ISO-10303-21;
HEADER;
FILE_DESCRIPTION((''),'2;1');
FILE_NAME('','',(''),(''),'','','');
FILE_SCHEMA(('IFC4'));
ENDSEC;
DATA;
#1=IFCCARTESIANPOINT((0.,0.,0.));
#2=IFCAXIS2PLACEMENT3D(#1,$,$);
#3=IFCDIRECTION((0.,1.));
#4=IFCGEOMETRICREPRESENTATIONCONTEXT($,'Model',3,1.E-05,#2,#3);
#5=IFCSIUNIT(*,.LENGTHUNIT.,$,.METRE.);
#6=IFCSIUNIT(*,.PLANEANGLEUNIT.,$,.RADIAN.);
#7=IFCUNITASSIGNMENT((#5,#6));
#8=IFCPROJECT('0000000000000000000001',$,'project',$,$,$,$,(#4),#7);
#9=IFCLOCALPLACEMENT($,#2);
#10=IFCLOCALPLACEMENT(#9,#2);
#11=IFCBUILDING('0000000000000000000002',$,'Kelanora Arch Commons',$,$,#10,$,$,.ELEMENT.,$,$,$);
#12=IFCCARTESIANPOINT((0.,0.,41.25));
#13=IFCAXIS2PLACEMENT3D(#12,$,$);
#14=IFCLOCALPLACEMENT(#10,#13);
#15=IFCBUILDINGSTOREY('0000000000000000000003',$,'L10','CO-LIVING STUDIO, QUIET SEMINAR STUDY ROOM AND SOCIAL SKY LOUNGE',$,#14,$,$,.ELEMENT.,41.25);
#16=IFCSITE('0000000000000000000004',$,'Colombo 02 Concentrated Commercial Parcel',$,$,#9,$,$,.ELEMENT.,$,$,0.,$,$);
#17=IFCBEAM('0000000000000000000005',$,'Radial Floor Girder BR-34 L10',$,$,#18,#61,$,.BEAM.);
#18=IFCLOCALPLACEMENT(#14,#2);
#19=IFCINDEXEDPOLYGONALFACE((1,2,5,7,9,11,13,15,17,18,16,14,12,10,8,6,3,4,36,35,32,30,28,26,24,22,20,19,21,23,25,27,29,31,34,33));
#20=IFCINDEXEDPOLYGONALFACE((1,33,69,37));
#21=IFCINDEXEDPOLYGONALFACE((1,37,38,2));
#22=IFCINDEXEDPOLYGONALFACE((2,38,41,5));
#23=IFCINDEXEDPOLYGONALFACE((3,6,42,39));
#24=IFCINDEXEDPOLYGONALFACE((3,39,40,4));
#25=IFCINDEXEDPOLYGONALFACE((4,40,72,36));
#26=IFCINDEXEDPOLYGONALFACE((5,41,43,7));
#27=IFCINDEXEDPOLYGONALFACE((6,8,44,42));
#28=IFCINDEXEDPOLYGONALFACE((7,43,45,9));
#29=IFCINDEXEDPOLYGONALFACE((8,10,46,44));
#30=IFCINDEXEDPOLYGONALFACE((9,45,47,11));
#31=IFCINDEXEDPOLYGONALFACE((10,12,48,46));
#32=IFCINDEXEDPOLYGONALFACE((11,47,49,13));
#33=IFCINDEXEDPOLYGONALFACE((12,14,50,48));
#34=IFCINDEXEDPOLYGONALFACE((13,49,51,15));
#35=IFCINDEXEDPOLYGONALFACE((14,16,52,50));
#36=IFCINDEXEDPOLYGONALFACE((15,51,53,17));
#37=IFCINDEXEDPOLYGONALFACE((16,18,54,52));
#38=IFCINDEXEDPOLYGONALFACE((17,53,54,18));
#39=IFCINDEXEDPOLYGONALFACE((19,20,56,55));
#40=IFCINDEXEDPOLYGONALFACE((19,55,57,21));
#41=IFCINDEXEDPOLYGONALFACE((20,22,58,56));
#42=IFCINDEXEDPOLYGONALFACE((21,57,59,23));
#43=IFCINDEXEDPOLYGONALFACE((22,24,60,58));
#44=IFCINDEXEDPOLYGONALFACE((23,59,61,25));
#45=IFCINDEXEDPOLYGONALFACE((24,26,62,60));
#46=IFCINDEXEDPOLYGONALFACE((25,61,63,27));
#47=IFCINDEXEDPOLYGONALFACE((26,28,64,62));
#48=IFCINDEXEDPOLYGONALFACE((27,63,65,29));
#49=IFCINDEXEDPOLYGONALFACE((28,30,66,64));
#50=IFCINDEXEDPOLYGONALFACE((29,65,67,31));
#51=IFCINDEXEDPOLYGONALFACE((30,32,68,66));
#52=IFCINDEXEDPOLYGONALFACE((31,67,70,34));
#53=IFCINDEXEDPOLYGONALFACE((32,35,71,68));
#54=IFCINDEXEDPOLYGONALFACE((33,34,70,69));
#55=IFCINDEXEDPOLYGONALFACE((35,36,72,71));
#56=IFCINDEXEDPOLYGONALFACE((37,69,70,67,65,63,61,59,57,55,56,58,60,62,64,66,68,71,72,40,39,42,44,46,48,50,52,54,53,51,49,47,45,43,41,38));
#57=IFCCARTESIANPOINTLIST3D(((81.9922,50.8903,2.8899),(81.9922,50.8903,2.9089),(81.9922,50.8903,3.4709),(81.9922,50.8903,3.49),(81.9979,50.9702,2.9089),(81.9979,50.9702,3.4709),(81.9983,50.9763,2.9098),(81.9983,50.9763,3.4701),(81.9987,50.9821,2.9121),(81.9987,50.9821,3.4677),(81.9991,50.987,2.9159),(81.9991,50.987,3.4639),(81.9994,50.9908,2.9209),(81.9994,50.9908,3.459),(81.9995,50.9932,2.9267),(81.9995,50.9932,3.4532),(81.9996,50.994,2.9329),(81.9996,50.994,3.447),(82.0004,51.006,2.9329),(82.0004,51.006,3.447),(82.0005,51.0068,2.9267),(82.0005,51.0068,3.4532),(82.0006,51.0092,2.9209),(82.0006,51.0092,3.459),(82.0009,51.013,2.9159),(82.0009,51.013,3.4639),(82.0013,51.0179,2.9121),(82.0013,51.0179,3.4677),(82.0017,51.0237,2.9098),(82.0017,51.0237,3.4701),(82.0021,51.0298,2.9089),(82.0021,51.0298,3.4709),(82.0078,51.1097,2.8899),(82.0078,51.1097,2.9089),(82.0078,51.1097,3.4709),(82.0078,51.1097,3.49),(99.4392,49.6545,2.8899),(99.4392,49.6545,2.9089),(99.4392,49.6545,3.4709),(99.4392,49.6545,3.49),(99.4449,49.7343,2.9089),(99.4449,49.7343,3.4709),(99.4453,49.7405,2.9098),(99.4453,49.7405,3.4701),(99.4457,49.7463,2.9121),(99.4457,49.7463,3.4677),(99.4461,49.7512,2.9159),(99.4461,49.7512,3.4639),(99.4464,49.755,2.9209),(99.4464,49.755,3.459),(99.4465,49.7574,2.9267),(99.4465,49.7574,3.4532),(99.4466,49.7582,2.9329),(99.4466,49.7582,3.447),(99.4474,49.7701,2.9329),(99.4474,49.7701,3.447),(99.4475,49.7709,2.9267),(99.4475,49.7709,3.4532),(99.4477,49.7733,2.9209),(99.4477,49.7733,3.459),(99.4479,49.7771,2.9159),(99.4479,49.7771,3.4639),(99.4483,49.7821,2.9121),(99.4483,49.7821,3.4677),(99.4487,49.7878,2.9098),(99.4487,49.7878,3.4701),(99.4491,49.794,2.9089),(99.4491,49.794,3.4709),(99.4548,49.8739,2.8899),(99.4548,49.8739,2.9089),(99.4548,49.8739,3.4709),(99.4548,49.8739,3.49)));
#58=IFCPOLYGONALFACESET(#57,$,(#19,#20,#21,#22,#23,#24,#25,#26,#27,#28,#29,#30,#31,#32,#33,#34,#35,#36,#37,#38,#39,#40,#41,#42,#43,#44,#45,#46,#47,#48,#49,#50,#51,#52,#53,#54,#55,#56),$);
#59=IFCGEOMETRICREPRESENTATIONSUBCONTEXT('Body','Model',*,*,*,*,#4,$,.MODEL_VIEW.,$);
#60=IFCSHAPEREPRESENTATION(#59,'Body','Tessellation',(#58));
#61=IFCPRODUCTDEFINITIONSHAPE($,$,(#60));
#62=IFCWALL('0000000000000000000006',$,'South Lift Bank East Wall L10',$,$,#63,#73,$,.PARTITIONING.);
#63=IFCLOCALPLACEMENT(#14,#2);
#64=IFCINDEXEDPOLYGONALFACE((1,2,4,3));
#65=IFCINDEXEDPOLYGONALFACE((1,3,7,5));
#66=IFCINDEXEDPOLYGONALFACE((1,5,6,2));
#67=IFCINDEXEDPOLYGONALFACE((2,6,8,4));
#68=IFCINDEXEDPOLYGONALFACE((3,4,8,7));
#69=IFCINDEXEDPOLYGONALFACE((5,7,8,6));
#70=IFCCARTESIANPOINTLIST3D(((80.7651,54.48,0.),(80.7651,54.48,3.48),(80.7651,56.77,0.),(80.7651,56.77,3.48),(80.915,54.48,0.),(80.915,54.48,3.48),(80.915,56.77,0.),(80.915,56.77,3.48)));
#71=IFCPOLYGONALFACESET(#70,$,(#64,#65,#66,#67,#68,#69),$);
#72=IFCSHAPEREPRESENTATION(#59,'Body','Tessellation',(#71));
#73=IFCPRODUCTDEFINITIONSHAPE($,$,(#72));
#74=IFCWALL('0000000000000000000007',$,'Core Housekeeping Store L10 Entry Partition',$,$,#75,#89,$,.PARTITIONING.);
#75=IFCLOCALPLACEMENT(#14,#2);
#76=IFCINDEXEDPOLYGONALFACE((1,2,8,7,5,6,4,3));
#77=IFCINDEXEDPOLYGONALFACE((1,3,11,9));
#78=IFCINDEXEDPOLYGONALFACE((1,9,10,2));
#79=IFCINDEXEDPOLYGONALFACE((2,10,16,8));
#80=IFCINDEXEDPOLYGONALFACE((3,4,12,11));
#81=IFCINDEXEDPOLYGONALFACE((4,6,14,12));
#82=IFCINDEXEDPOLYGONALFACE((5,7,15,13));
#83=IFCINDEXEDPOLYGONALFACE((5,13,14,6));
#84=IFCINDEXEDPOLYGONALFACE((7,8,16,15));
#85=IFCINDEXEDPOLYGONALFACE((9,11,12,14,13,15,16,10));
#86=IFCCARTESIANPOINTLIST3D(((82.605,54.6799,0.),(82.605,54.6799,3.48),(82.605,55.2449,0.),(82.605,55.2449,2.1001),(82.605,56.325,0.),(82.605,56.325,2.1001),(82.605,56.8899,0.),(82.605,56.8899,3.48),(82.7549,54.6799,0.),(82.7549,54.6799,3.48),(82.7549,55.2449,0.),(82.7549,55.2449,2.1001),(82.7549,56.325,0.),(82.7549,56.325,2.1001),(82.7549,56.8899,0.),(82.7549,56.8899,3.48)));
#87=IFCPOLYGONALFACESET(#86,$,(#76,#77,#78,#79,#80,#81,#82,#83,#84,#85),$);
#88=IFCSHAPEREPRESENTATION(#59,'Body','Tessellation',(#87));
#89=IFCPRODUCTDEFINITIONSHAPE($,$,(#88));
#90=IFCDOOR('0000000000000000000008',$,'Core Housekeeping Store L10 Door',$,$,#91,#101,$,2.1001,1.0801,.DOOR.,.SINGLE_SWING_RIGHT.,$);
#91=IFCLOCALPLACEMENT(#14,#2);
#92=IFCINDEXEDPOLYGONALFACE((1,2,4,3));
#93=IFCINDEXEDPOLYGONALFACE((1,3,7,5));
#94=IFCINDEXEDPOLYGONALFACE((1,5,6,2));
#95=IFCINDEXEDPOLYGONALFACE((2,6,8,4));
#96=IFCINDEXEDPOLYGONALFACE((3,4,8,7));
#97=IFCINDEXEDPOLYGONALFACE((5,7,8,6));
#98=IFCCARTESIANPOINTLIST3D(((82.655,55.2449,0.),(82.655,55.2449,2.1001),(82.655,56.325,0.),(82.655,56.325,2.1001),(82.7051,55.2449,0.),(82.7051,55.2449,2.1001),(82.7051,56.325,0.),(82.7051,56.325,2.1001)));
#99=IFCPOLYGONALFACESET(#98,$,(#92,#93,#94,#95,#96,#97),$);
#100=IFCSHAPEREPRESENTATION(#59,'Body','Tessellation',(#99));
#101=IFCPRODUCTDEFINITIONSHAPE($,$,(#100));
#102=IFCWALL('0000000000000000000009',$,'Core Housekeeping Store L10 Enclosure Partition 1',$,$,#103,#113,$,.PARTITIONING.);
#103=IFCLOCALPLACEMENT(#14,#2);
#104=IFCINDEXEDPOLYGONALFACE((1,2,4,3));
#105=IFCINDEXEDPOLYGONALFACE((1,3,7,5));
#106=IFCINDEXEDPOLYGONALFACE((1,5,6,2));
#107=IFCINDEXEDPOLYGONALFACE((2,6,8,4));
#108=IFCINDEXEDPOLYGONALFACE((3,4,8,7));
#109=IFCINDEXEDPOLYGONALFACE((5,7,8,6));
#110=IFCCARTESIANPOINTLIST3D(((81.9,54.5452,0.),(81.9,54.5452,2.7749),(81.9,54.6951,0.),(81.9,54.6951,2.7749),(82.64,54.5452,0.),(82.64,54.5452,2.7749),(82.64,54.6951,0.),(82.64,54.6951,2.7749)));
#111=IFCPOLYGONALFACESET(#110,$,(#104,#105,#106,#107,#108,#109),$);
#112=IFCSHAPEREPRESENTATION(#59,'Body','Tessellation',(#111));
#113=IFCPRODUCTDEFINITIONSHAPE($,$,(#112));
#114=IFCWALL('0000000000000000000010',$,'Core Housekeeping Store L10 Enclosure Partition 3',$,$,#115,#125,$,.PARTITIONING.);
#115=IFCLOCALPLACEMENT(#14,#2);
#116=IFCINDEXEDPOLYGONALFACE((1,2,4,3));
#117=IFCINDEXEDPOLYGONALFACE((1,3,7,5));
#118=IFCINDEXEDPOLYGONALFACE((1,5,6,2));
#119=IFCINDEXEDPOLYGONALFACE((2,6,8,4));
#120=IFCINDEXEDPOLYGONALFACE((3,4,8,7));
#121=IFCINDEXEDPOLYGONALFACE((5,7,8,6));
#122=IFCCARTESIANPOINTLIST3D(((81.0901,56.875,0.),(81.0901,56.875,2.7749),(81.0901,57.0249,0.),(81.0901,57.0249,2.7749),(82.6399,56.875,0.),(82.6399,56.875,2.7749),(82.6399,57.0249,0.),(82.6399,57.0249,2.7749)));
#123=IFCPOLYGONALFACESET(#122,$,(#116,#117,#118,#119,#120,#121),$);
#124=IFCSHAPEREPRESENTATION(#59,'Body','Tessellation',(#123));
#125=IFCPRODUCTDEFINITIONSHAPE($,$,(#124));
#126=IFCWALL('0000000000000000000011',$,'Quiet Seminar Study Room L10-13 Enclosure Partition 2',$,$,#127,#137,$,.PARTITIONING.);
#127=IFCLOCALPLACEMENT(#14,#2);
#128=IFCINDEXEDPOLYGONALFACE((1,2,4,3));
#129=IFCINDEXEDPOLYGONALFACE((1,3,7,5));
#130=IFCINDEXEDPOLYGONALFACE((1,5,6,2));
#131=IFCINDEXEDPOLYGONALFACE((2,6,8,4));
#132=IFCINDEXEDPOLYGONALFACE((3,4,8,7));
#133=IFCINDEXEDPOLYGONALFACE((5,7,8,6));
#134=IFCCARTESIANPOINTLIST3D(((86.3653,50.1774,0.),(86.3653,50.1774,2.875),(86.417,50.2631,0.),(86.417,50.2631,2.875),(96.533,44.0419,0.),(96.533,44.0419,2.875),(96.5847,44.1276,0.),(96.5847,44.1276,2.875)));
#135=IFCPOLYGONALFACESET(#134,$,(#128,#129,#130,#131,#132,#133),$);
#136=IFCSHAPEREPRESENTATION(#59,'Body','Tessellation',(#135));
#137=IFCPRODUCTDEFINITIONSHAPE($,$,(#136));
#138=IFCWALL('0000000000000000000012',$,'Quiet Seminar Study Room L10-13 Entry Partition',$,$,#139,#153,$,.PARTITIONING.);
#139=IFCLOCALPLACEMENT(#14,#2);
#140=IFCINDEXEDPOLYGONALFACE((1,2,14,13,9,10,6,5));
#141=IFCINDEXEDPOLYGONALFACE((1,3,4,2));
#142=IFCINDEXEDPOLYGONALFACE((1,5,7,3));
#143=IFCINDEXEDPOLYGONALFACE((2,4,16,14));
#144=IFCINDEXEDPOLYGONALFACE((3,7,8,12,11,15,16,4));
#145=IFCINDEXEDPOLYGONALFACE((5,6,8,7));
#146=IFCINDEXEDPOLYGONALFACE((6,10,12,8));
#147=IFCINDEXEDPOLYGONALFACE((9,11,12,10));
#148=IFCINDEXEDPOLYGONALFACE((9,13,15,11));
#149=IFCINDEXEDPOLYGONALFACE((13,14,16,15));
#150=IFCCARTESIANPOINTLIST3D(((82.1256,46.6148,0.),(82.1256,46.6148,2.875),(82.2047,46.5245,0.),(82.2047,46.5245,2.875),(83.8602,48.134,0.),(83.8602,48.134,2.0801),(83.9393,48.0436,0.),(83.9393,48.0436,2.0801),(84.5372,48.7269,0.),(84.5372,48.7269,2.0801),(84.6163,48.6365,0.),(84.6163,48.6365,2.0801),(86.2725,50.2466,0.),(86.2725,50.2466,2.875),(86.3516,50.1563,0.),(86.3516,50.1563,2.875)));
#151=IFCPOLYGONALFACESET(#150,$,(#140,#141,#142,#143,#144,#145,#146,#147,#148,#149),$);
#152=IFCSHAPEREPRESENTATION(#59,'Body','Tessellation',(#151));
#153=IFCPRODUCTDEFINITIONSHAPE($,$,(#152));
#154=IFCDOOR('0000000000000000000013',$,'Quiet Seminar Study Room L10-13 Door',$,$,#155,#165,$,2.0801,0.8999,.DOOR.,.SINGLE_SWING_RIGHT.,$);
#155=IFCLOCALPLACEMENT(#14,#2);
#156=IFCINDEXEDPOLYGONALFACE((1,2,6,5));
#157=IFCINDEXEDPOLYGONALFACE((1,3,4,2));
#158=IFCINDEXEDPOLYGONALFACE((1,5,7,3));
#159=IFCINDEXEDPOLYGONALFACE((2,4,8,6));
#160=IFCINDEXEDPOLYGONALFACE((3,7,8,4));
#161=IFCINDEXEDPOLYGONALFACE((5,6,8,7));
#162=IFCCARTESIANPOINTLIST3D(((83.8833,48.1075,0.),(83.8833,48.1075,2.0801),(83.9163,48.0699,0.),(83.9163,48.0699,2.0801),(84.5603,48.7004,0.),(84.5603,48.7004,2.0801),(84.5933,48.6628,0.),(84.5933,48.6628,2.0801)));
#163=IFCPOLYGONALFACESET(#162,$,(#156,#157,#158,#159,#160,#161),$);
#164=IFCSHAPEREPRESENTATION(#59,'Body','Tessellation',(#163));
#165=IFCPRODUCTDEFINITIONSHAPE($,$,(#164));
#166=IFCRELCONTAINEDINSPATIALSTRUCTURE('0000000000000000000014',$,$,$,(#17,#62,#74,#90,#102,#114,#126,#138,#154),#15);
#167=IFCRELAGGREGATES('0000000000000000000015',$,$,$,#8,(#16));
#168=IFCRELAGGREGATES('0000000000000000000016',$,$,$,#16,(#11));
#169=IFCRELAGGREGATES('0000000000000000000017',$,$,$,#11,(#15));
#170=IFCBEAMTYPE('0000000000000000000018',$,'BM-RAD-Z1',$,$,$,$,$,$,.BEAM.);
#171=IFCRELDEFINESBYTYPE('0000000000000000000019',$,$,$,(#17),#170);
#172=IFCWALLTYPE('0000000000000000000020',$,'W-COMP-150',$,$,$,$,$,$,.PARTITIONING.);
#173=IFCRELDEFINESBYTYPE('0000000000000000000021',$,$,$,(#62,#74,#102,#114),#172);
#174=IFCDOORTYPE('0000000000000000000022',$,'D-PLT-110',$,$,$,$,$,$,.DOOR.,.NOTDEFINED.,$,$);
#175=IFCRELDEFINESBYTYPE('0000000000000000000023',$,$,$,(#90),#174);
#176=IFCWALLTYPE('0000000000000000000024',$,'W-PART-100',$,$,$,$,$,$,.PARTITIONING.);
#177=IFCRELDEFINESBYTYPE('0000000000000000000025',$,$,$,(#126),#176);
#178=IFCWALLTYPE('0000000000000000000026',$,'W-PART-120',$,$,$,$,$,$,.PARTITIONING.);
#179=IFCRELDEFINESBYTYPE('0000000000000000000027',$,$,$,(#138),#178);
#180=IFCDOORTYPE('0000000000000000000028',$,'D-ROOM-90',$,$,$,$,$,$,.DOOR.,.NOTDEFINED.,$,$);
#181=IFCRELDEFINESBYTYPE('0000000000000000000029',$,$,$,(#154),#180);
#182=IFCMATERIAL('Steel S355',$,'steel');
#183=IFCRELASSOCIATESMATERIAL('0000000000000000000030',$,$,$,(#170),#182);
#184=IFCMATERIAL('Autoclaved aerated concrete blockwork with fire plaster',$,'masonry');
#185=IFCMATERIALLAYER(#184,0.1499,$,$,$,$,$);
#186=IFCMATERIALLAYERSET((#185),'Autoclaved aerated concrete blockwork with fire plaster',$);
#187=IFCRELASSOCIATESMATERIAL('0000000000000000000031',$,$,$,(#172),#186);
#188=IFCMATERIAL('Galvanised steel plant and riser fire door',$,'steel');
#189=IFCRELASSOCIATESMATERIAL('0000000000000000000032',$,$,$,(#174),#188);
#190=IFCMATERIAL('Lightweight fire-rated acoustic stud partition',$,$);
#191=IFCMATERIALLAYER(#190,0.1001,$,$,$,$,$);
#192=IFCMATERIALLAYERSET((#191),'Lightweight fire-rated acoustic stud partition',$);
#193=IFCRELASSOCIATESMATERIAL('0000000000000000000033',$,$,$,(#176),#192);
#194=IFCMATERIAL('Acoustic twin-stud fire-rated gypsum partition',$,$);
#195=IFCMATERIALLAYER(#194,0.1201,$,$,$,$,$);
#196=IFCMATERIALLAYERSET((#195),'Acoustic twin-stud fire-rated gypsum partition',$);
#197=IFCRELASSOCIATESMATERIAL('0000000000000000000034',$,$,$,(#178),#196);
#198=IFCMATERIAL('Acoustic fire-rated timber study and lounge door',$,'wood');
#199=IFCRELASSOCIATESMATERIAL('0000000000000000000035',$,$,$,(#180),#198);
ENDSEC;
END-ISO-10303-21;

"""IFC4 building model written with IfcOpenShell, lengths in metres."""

from ifc_helpers import new_model, si_unit, direction, frame, frame_2d, origin, origin_2d, place, context, subcontext, project, spatial, rectangle, i_section, extrude, material, layer, layer_set, material_profile, profile_set, type_object, element, fill, save


model = new_model("IFC4")

# Units and contexts
model_context = context("Model", 3, precision=1e-05, world=origin(), true_north=direction((0.0, 1.0)))
body_context = subcontext(model_context, "Body", "Model", "MODEL_VIEW")
ifc_project = project(units=[si_unit("LENGTHUNIT", "METRE"), si_unit("PLANEANGLEUNIT", "RADIAN")], contexts=[model_context])

# Site, building, storey
site_placement = place(None, origin())
site = spatial("IfcSite", under=ifc_project, at=site_placement, Name="Colombo 02 Concentrated Commercial Parcel", CompositionType="ELEMENT", RefElevation=0.0)
building_placement = place(site_placement, origin())
building = spatial("IfcBuilding", under=site, at=building_placement, Name="Kelanora Arch Commons", CompositionType="ELEMENT")
storey_placement = place(building_placement, frame((0.0, 0.0, 41.25)))
storey = spatial("IfcBuildingStorey", under=building, at=storey_placement, Name="L10", Description="CO-LIVING STUDIO, QUIET SEMINAR STUDY ROOM AND SOCIAL SKY LOUNGE", CompositionType="ELEMENT", Elevation=41.25)

# Beam
ifc_material_1 = material(Name="Steel S355", Category="steel")
ifc_material_profile_1 = material_profile(ifc_material_1, i_section(OverallWidth=0.22, OverallDepth=0.6001, WebThickness=0.012, FlangeThickness=0.019, FilletRadius=0.0239, at=origin_2d()), Name="IPE600")
ifc_profile_set_1 = profile_set([ifc_material_profile_1], Name="Steel S355")
beam_type_1 = type_object("IfcBeamType", Name="BM-RAD-Z1", PredefinedType="BEAM", material=ifc_profile_set_1)
beam_1_placement = place(storey_placement, frame((82.0, 51.0, 3.1899), z_axis=(0.997501, -0.070657, 0.0), x_axis=(0.070657, 0.997501, 0.0)))
element("IfcBeam", 1, at=beam_1_placement, inside=storey, type_object=beam_type_1, Name="Radial Floor Girder BR-34 L10", PredefinedType="BEAM", context=body_context, shape_type="SweptSolid", body=[
    extrude(i_section(OverallWidth=0.22, OverallDepth=0.6001, WebThickness=0.012, FlangeThickness=0.019, FilletRadius=0.0239, at=origin_2d()), origin(), (0.0, 0.0, 1.0), 17.4907),
])

# Wall
ifc_material_2 = material(Name="Autoclaved aerated concrete blockwork with fire plaster", Category="masonry")
ifc_layer_1 = layer(ifc_material_2, 0.1499)
ifc_layer_set_1 = layer_set([ifc_layer_1], Name="Autoclaved aerated concrete blockwork with fire plaster")
wall_type_1 = type_object("IfcWallType", Name="W-COMP-150", PredefinedType="PARTITIONING", material=ifc_layer_set_1)
wall_1_placement = place(storey_placement, frame((80.8401, 54.48, 0.0), z_axis=(0.0, 0.0, 1.0), x_axis=(0.0, 1.0, 0.0)))
element("IfcWall", 2, at=wall_1_placement, inside=storey, type_object=wall_type_1, Name="South Lift Bank East Wall L10", PredefinedType="PARTITIONING", context=body_context, shape_type="SweptSolid", body=[
    extrude(rectangle(XDim=2.29, YDim=0.1499, at=frame_2d((1.145, 0.0))), origin(), (0.0, 0.0, 1.0), 3.48),
])

# Wall, opening, door
wall_2_placement = place(storey_placement, frame((82.6799, 54.6799, 0.0), z_axis=(0.0, 0.0, 1.0), x_axis=(0.0, 1.0, 0.0)))
wall_2 = element("IfcWall", 3, at=wall_2_placement, inside=storey, type_object=wall_type_1, Name="Core Housekeeping Store L10 Entry Partition", PredefinedType="PARTITIONING", context=body_context, shape_type="SweptSolid", body=[
    extrude(rectangle(XDim=2.21, YDim=0.1499, at=frame_2d((1.105, 0.0))), origin(), (0.0, 0.0, 1.0), 3.48),
])
opening_1_placement = place(wall_2_placement, frame((0.5649, 0.0, 0.0)))
opening_1 = element("IfcOpeningElement", 4, at=opening_1_placement, cuts=wall_2, PredefinedType="OPENING", context=body_context, shape_type="SweptSolid", body=[
    extrude(rectangle(XDim=1.0801, YDim=2.1001, at=frame_2d((0.54, 1.05))), frame((0.0, 0.085, 0.0), z_axis=(0.0, -1.0, 0.0), x_axis=(1.0, 0.0, 0.0)), (0.0, 0.0, 1.0), 0.1699),
])
ifc_material_3 = material(Name="Galvanised steel plant and riser fire door", Category="steel")
door_type_1 = type_object("IfcDoorType", Name="D-PLT-110", OperationType="NOTDEFINED", PredefinedType="DOOR", material=ifc_material_3)
door_1_placement = place(opening_1_placement, origin())
door_1 = element("IfcDoor", 5, at=door_1_placement, inside=storey, type_object=door_type_1, Name="Core Housekeeping Store L10 Door", OperationType="SINGLE_SWING_RIGHT", OverallHeight=2.1001, OverallWidth=1.0801, PredefinedType="DOOR", context=body_context, shape_type="SweptSolid", body=[
    extrude(rectangle(XDim=1.0801, YDim=2.1001, at=frame_2d((0.54, 1.05))), frame((0.0, 0.0249, 0.0), z_axis=(0.0, -1.0, 0.0), x_axis=(1.0, 0.0, 0.0)), (0.0, 0.0, 1.0), 0.05),
])
fill(opening_1, door_1)

# Walls
wall_3_placement = place(storey_placement, frame((81.8999, 54.6201, 0.0), z_axis=(0.0, 0.0, 1.0), x_axis=(1.0, 0.0, 0.0)))
element("IfcWall", 6, at=wall_3_placement, inside=storey, type_object=wall_type_1, Name="Core Housekeeping Store L10 Enclosure Partition 1", PredefinedType="PARTITIONING", context=body_context, shape_type="SweptSolid", body=[
    extrude(rectangle(XDim=0.74, YDim=0.1499, at=frame_2d((0.3701, 0.0))), origin(), (0.0, 0.0, 1.0), 2.7749),
])
wall_4_placement = place(storey_placement, frame((82.6399, 56.95, 0.0), z_axis=(0.0, 0.0, 1.0), x_axis=(-1.0, 0.0, 0.0)))
element("IfcWall", 7, at=wall_4_placement, inside=storey, type_object=wall_type_1, Name="Core Housekeeping Store L10 Enclosure Partition 3", PredefinedType="PARTITIONING", context=body_context, shape_type="SweptSolid", body=[
    extrude(rectangle(XDim=1.5498, YDim=0.1499, at=frame_2d((0.7749, 0.0))), origin(), (0.0, 0.0, 1.0), 2.7749),
])
ifc_material_4 = material(Name="Lightweight fire-rated acoustic stud partition")
ifc_layer_2 = layer(ifc_material_4, 0.1001)
ifc_layer_set_2 = layer_set([ifc_layer_2], Name="Lightweight fire-rated acoustic stud partition")
wall_type_2 = type_object("IfcWallType", Name="W-PART-100", PredefinedType="PARTITIONING", material=ifc_layer_set_2)
wall_5_placement = place(storey_placement, frame((86.3911, 50.2202, 0.0), z_axis=(0.0, 0.0, 1.0), x_axis=(0.856195, -0.516653, 0.0)))
element("IfcWall", 8, at=wall_5_placement, inside=storey, type_object=wall_type_2, Name="Quiet Seminar Study Room L10-13 Enclosure Partition 2", PredefinedType="PARTITIONING", context=body_context, shape_type="SweptSolid", body=[
    extrude(rectangle(XDim=11.8755, YDim=0.1001, at=frame_2d((5.9377, 0.0))), origin(), (0.0, 0.0, 1.0), 2.875),
])

# Wall, opening, door
ifc_material_5 = material(Name="Acoustic twin-stud fire-rated gypsum partition")
ifc_layer_3 = layer(ifc_material_5, 0.1201)
ifc_layer_set_3 = layer_set([ifc_layer_3], Name="Acoustic twin-stud fire-rated gypsum partition")
wall_type_3 = type_object("IfcWallType", Name="W-PART-120", PredefinedType="PARTITIONING", material=ifc_layer_set_3)
wall_6_placement = place(storey_placement, frame((82.165, 46.5696, 0.0), z_axis=(0.0, 0.0, 1.0), x_axis=(0.752286, 0.658837, 0.0)))
wall_6 = element("IfcWall", 9, at=wall_6_placement, inside=storey, type_object=wall_type_3, Name="Quiet Seminar Study Room L10-13 Entry Partition", PredefinedType="PARTITIONING", context=body_context, shape_type="SweptSolid", body=[
    extrude(rectangle(XDim=5.5125, YDim=0.1201, at=frame_2d((2.7563, 0.0))), origin(), (0.0, 0.0, 1.0), 2.875),
])
opening_2_placement = place(wall_6_placement, frame((2.3059, 0.0, 0.0)))
opening_2 = element("IfcOpeningElement", 10, at=opening_2_placement, cuts=wall_6, PredefinedType="OPENING", context=body_context, shape_type="SweptSolid", body=[
    extrude(rectangle(XDim=0.8999, YDim=2.0801, at=frame_2d((0.45, 1.04))), frame((0.0, 0.0701, 0.0), z_axis=(0.0, -1.0, 0.0), x_axis=(1.0, 0.0, 0.0)), (0.0, 0.0, 1.0), 0.1401),
])
ifc_material_6 = material(Name="Acoustic fire-rated timber study and lounge door", Category="wood")
door_type_2 = type_object("IfcDoorType", Name="D-ROOM-90", OperationType="NOTDEFINED", PredefinedType="DOOR", material=ifc_material_6)
door_2_placement = place(opening_2_placement, origin())
door_2 = element("IfcDoor", 11, at=door_2_placement, inside=storey, type_object=door_type_2, Name="Quiet Seminar Study Room L10-13 Door", OperationType="SINGLE_SWING_RIGHT", OverallHeight=2.0801, OverallWidth=0.8999, PredefinedType="DOOR", context=body_context, shape_type="SweptSolid", body=[
    extrude(rectangle(XDim=0.8999, YDim=2.0801, at=frame_2d((0.45, 1.04))), frame((0.0, 0.0249, 0.0), z_axis=(0.0, -1.0, 0.0), x_axis=(1.0, 0.0, 0.0)), (0.0, 0.0, 1.0), 0.05),
])
fill(opening_2, door_2)

save(model, "model.ifc")
